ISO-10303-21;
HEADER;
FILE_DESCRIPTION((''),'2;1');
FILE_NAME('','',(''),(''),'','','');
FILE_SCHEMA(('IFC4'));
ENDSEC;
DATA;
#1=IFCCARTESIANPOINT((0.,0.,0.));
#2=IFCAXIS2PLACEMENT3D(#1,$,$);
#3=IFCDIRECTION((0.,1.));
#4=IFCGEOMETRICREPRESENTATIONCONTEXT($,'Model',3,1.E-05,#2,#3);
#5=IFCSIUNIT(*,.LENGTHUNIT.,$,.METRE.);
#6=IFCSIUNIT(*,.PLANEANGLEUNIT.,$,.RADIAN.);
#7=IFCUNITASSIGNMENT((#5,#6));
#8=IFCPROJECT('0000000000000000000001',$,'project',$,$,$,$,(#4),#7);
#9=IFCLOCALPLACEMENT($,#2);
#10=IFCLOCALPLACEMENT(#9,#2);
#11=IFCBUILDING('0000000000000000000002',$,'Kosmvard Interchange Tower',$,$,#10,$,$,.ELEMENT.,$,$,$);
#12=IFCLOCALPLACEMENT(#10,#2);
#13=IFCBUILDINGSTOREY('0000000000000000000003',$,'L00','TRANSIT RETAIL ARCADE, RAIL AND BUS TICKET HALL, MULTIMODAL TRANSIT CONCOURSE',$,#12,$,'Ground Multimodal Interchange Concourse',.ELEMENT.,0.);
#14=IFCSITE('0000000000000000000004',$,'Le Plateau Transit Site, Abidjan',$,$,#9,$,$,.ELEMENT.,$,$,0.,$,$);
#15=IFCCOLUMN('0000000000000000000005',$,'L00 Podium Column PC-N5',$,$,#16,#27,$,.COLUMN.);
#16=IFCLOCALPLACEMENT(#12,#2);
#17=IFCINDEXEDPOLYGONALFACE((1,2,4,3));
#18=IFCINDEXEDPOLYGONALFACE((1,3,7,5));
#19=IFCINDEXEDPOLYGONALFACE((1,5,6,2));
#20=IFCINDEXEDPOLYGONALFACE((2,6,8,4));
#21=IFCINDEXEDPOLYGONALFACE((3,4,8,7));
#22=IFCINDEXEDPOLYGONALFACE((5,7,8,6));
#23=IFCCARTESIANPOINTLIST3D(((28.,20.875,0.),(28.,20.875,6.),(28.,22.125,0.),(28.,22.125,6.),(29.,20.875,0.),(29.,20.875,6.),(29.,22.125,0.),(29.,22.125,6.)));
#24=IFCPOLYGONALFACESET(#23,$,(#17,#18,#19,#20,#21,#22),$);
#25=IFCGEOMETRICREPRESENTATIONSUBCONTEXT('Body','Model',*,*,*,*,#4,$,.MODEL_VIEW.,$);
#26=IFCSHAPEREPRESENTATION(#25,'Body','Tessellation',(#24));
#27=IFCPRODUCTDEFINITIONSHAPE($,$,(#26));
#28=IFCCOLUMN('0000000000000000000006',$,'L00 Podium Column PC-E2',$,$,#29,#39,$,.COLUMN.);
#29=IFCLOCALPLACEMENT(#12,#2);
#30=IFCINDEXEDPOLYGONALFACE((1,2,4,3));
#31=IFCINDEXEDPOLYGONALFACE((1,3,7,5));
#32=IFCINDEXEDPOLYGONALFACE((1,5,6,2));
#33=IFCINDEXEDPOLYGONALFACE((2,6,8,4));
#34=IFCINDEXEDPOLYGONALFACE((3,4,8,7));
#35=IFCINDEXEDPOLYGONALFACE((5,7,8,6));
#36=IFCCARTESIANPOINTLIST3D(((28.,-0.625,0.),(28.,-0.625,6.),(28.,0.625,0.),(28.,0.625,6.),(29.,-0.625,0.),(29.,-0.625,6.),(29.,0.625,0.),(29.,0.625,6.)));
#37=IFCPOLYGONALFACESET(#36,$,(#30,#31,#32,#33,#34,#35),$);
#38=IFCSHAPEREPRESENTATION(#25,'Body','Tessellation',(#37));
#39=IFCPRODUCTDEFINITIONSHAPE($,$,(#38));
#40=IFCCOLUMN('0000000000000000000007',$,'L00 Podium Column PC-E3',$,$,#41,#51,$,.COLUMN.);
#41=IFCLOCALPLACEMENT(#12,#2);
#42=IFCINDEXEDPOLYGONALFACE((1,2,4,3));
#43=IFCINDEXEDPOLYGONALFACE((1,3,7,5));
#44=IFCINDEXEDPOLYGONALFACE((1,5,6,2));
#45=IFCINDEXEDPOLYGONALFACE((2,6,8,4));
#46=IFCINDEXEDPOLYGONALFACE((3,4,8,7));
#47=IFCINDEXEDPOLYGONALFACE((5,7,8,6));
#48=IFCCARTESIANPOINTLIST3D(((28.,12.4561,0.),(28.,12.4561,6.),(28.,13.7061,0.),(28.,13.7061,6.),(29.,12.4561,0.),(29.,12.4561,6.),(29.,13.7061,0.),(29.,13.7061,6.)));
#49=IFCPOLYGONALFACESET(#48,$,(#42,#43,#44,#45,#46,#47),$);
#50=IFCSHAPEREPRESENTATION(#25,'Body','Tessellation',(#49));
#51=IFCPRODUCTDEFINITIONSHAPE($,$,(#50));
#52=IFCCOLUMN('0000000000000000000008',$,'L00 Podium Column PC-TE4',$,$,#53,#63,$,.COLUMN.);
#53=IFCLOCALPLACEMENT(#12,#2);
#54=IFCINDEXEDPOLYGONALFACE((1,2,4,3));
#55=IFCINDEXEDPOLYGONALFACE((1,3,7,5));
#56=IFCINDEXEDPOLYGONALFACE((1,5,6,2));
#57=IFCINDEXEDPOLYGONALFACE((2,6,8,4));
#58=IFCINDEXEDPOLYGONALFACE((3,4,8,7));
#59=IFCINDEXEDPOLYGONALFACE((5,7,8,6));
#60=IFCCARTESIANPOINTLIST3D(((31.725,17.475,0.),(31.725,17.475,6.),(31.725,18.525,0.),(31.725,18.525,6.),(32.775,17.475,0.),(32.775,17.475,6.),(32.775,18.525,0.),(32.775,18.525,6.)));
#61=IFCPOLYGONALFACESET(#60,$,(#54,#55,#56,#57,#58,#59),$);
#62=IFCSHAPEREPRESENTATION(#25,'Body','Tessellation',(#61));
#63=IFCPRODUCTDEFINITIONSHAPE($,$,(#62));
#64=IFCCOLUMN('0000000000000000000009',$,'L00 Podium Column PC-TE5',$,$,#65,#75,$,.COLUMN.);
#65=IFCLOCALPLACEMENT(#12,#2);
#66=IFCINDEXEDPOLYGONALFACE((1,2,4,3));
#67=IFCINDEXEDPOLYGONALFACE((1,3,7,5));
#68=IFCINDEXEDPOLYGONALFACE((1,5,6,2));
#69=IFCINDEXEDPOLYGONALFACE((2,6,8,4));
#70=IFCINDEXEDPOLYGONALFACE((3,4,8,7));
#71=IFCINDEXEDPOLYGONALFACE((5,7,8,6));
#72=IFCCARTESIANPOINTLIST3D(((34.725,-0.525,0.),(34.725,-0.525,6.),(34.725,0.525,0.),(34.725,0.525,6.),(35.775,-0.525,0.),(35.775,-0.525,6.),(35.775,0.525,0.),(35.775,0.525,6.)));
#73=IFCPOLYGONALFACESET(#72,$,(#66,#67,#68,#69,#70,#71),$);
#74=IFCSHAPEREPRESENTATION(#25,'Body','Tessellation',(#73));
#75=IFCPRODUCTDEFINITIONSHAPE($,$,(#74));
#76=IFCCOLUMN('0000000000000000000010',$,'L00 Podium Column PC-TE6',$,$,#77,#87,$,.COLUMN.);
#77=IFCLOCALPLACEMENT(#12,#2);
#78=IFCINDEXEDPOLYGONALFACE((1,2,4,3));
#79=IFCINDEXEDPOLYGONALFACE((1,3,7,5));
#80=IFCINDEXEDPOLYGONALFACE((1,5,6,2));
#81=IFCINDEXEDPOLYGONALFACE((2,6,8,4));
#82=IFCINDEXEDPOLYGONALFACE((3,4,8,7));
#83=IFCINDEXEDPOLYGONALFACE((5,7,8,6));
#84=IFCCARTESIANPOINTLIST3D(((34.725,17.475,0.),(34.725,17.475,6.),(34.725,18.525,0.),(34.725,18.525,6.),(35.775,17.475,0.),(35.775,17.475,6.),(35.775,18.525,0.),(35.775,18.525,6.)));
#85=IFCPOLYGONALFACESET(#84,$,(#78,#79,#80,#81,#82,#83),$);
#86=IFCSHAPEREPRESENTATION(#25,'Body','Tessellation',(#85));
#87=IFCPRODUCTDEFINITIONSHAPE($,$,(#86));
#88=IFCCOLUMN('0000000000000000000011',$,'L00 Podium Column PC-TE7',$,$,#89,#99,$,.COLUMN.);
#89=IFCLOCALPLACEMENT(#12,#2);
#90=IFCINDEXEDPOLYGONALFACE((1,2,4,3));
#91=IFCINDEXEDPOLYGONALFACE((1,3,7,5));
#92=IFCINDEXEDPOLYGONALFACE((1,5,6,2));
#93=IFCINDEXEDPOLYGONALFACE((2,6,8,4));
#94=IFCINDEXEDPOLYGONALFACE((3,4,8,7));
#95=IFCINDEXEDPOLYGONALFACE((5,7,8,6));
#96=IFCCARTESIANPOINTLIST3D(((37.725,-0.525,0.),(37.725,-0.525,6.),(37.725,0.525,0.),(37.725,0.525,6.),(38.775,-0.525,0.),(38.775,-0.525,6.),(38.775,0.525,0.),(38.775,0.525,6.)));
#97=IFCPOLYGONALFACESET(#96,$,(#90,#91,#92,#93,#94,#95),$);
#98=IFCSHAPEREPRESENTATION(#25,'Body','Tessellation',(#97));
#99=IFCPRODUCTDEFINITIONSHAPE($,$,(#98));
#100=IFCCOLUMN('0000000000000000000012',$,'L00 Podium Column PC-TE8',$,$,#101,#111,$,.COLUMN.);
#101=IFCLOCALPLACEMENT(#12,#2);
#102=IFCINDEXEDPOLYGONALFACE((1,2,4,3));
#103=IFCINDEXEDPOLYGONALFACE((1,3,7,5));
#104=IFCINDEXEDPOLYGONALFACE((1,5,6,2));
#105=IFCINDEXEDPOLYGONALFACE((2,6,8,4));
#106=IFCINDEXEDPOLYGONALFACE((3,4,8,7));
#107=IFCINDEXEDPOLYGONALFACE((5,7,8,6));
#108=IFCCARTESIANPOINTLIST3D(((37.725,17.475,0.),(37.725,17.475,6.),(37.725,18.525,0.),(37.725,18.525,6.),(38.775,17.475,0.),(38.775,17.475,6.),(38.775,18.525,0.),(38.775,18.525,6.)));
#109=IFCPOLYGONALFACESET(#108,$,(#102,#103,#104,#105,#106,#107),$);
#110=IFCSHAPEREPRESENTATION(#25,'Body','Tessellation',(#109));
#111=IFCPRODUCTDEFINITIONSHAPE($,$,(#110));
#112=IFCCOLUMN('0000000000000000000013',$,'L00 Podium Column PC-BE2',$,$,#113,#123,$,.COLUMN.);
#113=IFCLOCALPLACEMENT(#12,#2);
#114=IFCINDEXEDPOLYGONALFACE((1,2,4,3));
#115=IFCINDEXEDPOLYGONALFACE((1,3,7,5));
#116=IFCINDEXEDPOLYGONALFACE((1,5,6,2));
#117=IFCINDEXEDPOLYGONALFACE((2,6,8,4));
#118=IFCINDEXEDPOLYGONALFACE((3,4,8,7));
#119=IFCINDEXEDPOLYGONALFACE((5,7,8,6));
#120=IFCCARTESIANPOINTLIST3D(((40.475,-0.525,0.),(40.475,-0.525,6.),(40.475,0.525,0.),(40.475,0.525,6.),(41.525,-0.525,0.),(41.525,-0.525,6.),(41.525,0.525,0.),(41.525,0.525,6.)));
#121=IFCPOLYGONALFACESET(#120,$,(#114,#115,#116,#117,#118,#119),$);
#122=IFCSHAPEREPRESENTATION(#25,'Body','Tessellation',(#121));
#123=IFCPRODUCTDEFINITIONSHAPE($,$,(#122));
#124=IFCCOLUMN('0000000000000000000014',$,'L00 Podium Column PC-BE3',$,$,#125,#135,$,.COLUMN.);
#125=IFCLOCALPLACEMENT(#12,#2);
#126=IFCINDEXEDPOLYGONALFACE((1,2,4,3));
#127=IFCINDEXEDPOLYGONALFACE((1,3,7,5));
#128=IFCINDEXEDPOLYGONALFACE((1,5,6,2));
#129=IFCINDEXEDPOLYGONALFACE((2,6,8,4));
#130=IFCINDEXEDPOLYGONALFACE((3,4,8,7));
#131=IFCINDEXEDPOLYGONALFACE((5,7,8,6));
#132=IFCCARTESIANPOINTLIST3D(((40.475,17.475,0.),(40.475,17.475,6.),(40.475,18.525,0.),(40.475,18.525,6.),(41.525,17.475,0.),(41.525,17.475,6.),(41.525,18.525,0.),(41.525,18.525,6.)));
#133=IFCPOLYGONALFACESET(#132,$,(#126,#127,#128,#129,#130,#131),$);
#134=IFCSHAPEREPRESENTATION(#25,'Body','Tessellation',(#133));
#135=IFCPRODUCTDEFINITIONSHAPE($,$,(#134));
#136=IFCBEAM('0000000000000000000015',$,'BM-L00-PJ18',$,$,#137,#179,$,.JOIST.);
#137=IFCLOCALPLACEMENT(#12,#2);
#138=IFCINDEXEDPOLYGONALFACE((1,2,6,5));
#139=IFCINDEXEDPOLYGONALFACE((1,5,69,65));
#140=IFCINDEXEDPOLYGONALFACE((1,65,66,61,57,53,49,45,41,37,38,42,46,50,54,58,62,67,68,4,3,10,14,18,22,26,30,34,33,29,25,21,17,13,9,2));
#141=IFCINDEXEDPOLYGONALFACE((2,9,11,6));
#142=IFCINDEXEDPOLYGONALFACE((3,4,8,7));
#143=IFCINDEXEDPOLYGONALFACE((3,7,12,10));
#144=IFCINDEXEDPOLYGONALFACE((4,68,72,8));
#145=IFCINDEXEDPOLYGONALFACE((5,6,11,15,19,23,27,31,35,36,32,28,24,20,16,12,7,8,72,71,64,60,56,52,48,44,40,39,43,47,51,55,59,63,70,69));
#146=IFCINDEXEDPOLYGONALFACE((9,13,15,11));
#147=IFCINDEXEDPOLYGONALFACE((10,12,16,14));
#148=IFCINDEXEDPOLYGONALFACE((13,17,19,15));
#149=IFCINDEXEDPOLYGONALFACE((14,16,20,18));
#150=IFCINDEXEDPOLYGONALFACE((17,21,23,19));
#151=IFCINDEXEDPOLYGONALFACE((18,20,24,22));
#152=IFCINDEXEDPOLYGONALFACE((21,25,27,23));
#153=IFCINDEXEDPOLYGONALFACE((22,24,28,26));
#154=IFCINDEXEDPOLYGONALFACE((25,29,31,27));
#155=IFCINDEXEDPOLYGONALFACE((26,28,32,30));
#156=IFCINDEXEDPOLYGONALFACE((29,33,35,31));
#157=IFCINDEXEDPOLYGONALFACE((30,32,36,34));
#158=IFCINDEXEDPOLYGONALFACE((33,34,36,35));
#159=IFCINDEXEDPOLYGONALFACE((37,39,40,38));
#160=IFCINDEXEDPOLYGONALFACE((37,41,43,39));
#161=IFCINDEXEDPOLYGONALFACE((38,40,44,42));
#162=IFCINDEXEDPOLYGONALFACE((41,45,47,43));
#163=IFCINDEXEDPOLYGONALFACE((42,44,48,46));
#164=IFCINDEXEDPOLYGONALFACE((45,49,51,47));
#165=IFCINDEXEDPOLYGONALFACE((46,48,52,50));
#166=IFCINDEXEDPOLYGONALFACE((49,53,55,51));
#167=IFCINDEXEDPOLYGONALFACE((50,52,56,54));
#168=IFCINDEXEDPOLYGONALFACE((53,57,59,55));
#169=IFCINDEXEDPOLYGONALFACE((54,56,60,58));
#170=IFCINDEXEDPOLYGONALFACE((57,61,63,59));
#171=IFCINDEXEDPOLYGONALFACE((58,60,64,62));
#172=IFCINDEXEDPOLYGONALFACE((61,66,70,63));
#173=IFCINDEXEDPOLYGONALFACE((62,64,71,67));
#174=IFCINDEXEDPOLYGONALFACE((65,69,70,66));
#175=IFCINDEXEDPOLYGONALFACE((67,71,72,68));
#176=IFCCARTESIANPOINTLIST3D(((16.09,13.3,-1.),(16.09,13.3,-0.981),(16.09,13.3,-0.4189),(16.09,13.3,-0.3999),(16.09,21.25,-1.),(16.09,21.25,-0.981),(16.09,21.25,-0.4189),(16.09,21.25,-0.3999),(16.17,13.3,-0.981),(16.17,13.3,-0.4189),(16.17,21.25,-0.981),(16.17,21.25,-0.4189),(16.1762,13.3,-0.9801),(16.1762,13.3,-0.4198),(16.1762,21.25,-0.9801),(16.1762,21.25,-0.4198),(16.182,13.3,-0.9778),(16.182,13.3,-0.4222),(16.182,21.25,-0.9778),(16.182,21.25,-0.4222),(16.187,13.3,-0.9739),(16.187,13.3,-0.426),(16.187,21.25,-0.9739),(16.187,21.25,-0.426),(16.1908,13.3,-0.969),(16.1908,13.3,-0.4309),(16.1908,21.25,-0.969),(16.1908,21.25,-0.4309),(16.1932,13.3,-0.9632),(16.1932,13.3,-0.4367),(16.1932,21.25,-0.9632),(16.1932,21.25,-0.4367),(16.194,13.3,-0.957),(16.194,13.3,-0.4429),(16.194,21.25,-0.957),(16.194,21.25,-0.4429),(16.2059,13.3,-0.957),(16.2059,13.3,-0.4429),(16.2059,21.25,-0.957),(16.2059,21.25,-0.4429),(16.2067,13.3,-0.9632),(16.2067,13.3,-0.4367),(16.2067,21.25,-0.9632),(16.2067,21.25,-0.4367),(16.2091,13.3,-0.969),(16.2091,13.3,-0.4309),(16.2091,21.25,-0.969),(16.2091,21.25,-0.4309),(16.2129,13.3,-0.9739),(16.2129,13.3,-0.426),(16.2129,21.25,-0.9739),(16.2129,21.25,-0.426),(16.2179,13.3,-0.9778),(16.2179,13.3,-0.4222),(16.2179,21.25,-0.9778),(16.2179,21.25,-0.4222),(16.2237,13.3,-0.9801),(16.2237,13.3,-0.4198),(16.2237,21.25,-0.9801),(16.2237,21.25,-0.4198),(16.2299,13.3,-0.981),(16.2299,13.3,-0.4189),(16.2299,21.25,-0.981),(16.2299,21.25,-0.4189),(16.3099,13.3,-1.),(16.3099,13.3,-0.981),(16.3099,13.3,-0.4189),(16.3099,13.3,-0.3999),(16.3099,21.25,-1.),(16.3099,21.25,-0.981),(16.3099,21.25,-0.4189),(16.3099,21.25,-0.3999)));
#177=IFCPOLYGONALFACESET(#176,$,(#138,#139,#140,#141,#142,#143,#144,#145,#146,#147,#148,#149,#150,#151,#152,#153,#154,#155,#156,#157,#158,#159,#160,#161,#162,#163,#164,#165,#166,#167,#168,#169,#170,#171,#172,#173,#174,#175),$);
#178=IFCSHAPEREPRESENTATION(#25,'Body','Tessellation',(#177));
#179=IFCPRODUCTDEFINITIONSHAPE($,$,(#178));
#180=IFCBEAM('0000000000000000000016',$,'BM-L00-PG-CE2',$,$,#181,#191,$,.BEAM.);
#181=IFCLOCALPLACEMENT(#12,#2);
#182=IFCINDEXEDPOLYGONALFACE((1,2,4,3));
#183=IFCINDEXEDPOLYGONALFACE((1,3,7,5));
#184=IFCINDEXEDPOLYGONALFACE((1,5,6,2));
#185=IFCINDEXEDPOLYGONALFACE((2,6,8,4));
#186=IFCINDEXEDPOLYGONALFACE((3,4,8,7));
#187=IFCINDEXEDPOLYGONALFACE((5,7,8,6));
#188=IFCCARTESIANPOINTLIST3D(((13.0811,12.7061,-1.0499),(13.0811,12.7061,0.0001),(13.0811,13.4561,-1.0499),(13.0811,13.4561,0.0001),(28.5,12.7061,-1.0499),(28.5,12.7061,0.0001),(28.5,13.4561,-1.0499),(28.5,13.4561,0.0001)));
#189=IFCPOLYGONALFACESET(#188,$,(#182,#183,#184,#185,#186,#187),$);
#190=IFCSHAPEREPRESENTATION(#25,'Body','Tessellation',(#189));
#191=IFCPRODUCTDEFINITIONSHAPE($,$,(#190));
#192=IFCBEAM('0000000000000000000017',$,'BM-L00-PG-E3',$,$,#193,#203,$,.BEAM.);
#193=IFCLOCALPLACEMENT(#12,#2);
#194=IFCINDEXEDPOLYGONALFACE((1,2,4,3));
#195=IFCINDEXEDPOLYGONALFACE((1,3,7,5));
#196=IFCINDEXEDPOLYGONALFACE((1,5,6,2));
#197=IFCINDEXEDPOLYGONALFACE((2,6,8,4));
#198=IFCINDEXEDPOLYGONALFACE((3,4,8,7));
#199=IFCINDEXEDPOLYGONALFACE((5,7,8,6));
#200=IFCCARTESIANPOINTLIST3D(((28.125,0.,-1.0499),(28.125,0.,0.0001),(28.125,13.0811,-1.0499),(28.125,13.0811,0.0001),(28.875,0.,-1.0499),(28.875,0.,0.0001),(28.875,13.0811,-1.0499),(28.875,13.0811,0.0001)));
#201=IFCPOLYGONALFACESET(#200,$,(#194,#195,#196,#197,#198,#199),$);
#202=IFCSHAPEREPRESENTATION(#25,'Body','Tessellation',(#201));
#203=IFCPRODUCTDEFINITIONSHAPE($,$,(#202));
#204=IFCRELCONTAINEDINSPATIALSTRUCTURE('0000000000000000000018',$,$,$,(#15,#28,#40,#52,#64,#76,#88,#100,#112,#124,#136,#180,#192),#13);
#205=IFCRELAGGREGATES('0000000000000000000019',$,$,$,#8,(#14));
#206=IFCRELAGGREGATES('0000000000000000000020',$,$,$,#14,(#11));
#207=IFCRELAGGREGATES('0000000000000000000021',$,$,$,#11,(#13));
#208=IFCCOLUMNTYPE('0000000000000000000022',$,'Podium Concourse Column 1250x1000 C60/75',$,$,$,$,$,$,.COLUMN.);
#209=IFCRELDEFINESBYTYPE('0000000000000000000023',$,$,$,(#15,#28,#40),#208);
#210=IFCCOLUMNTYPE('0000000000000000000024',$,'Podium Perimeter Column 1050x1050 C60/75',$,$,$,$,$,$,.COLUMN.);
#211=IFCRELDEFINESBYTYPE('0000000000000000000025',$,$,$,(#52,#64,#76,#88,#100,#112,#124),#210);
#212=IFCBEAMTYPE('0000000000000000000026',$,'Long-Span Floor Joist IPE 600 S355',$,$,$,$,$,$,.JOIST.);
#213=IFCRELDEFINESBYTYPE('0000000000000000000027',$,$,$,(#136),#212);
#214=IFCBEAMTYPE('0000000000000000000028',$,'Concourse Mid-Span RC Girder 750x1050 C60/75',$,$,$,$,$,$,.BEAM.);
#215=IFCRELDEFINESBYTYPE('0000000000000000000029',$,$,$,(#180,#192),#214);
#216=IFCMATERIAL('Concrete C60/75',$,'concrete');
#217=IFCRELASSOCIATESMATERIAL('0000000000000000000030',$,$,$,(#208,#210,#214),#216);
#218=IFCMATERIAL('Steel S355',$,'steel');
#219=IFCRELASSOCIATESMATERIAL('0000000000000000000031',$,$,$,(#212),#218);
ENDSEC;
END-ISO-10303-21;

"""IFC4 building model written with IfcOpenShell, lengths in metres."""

from ifc_helpers import new_model, si_unit, direction, frame, origin, origin_2d, place, context, subcontext, project, spatial, rectangle, i_section, extrude, source, transform, mapped, material, material_profile, profile_set, type_object, element, save


model = new_model("IFC4")

# Units and contexts
model_context = context("Model", 3, precision=1e-05, world=origin(), true_north=direction((0.0, 1.0)))
body_context = subcontext(model_context, "Body", "Model", "MODEL_VIEW")
ifc_project = project(units=[si_unit("LENGTHUNIT", "METRE"), si_unit("PLANEANGLEUNIT", "RADIAN")], contexts=[model_context])

# Site, building, storey
site_placement = place(None, origin())
site = spatial("IfcSite", under=ifc_project, at=site_placement, Name="Le Plateau Transit Site, Abidjan", CompositionType="ELEMENT", RefElevation=0.0)
building_placement = place(site_placement, origin())
building = spatial("IfcBuilding", under=site, at=building_placement, Name="Kosmvard Interchange Tower", CompositionType="ELEMENT")
storey_placement = place(building_placement, origin())
storey = spatial("IfcBuildingStorey", under=building, at=storey_placement, Name="L00", Description="TRANSIT RETAIL ARCADE, RAIL AND BUS TICKET HALL, MULTIMODAL TRANSIT CONCOURSE", LongName="Ground Multimodal Interchange Concourse", CompositionType="ELEMENT", Elevation=0.0)

# Columns
ifc_material_1 = material(Name="Concrete C60/75", Category="concrete")
ifc_material_profile_1 = material_profile(ifc_material_1, rectangle(XDim=1.0, YDim=1.25, at=origin_2d()), Name="PC 1250x1000")
ifc_profile_set_1 = profile_set([ifc_material_profile_1], Name="Concrete C60/75")
column_type_1 = type_object("IfcColumnType", Name="Podium Concourse Column 1250x1000 C60/75", PredefinedType="COLUMN", material=ifc_profile_set_1)
shared_shape_1 = source(origin(), body_context, "Body", "SweptSolid", [
    extrude(rectangle(XDim=1.0, YDim=1.25, at=origin_2d()), origin(), (0.0, 0.0, 1.0), 6.0),
])
for number, where, z_axis, x_axis, name in (
    (1, (28.5, 21.5, 0.0), (0.0, 0.0, 1.0), (1.0, 0.0, 0.0), "L00 Podium Column PC-N5"),
    (2, (28.5, 0.0, 0.0), (0.0, 0.0, 1.0), (1.0, 0.0, 0.0), "L00 Podium Column PC-E2"),
    (3, (28.5, 13.0811, 0.0), (0.0, 0.0, 1.0), (1.0, 0.0, 0.0), "L00 Podium Column PC-E3"),
):
    element("IfcColumn", number, at=place(storey_placement, frame(where, z_axis=z_axis, x_axis=x_axis)), inside=storey, type_object=column_type_1, Name=name, PredefinedType="COLUMN", context=body_context, shape_type="MappedRepresentation", body=[
        mapped(shared_shape_1, transform((0.0, 0.0, 0.0), scale=1.0)),
    ])
ifc_material_profile_2 = material_profile(ifc_material_1, rectangle(XDim=1.05, YDim=1.05, at=origin_2d()), Name="PC 1050x1050")
ifc_profile_set_2 = profile_set([ifc_material_profile_2], Name="Concrete C60/75")
column_type_2 = type_object("IfcColumnType", Name="Podium Perimeter Column 1050x1050 C60/75", PredefinedType="COLUMN", material=ifc_profile_set_2)
shared_shape_2 = source(origin(), body_context, "Body", "SweptSolid", [
    extrude(rectangle(XDim=1.05, YDim=1.05, at=origin_2d()), origin(), (0.0, 0.0, 1.0), 6.0),
])
for number, where, z_axis, x_axis, name in (
    (4, (32.25, 18.0, 0.0), (0.0, 0.0, 1.0), (1.0, 0.0, 0.0), "L00 Podium Column PC-TE4"),
    (5, (35.25, 0.0, 0.0), (0.0, 0.0, 1.0), (1.0, 0.0, 0.0), "L00 Podium Column PC-TE5"),
    (6, (35.25, 18.0, 0.0), (0.0, 0.0, 1.0), (1.0, 0.0, 0.0), "L00 Podium Column PC-TE6"),
    (7, (38.25, 0.0, 0.0), (0.0, 0.0, 1.0), (1.0, 0.0, 0.0), "L00 Podium Column PC-TE7"),
    (8, (38.25, 18.0, 0.0), (0.0, 0.0, 1.0), (1.0, 0.0, 0.0), "L00 Podium Column PC-TE8"),
    (9, (41.0, 0.0, 0.0), (0.0, 0.0, 1.0), (1.0, 0.0, 0.0), "L00 Podium Column PC-BE2"),
    (10, (41.0, 18.0, 0.0), (0.0, 0.0, 1.0), (1.0, 0.0, 0.0), "L00 Podium Column PC-BE3"),
):
    element("IfcColumn", number, at=place(storey_placement, frame(where, z_axis=z_axis, x_axis=x_axis)), inside=storey, type_object=column_type_2, Name=name, PredefinedType="COLUMN", context=body_context, shape_type="MappedRepresentation", body=[
        mapped(shared_shape_2, transform((0.0, 0.0, 0.0), scale=1.0)),
    ])

# Beams
ifc_material_2 = material(Name="Steel S355", Category="steel")
ifc_material_profile_3 = material_profile(ifc_material_2, i_section(OverallWidth=0.22, OverallDepth=0.6001, WebThickness=0.012, FlangeThickness=0.019, FilletRadius=0.0239, at=origin_2d()), Name="IPE 600")
ifc_profile_set_3 = profile_set([ifc_material_profile_3], Name="Steel S355")
beam_type_1 = type_object("IfcBeamType", Name="Long-Span Floor Joist IPE 600 S355", PredefinedType="JOIST", material=ifc_profile_set_3)
shared_shape_3 = source(origin(), body_context, "Body", "SweptSolid", [
    extrude(i_section(OverallWidth=0.22, OverallDepth=0.6001, WebThickness=0.012, FlangeThickness=0.019, FilletRadius=0.0239, at=origin_2d()), origin(), (0.0, 0.0, 1.0), 7.95),
])
beam_1_placement = place(storey_placement, frame((16.2, 13.3, -0.7), z_axis=(0.0, 1.0, 0.0), x_axis=(-1.0, 0.0, 0.0)))
element("IfcBeam", 11, at=beam_1_placement, inside=storey, type_object=beam_type_1, Name="BM-L00-PJ18", PredefinedType="JOIST", context=body_context, shape_type="MappedRepresentation", body=[
    mapped(shared_shape_3, transform((0.0, 0.0, 0.0), scale=1.0)),
])
ifc_material_profile_4 = material_profile(ifc_material_1, rectangle(XDim=0.75, YDim=1.05, at=origin_2d()), Name="RCG 750x1050")
ifc_profile_set_4 = profile_set([ifc_material_profile_4], Name="Concrete C60/75")
beam_type_2 = type_object("IfcBeamType", Name="Concourse Mid-Span RC Girder 750x1050 C60/75", PredefinedType="BEAM", material=ifc_profile_set_4)
shared_shape_4 = source(origin(), body_context, "Body", "SweptSolid", [
    extrude(rectangle(XDim=0.75, YDim=1.05, at=origin_2d()), origin(), (0.0, 0.0, 1.0), 15.4189),
])
beam_2_placement = place(storey_placement, frame((28.5, 13.0811, -0.5249), z_axis=(-1.0, 0.0, 0.0), x_axis=(0.0, -1.0, 0.0)))
element("IfcBeam", 12, at=beam_2_placement, inside=storey, type_object=beam_type_2, Name="BM-L00-PG-CE2", PredefinedType="BEAM", context=body_context, shape_type="MappedRepresentation", body=[
    mapped(shared_shape_4, transform((0.0, 0.0, 0.0), scale=1.0)),
])
shared_shape_5 = source(origin(), body_context, "Body", "SweptSolid", [
    extrude(rectangle(XDim=0.75, YDim=1.05, at=origin_2d()), origin(), (0.0, 0.0, 1.0), 13.0811),
])
beam_3_placement = place(storey_placement, frame((28.5, 0.0, -0.5249), z_axis=(0.0, 1.0, 0.0), x_axis=(-1.0, 0.0, 0.0)))
element("IfcBeam", 13, at=beam_3_placement, inside=storey, type_object=beam_type_2, Name="BM-L00-PG-E3", PredefinedType="BEAM", context=body_context, shape_type="MappedRepresentation", body=[
    mapped(shared_shape_5, transform((0.0, 0.0, 0.0), scale=1.0)),
])

save(model, "model.ifc")
